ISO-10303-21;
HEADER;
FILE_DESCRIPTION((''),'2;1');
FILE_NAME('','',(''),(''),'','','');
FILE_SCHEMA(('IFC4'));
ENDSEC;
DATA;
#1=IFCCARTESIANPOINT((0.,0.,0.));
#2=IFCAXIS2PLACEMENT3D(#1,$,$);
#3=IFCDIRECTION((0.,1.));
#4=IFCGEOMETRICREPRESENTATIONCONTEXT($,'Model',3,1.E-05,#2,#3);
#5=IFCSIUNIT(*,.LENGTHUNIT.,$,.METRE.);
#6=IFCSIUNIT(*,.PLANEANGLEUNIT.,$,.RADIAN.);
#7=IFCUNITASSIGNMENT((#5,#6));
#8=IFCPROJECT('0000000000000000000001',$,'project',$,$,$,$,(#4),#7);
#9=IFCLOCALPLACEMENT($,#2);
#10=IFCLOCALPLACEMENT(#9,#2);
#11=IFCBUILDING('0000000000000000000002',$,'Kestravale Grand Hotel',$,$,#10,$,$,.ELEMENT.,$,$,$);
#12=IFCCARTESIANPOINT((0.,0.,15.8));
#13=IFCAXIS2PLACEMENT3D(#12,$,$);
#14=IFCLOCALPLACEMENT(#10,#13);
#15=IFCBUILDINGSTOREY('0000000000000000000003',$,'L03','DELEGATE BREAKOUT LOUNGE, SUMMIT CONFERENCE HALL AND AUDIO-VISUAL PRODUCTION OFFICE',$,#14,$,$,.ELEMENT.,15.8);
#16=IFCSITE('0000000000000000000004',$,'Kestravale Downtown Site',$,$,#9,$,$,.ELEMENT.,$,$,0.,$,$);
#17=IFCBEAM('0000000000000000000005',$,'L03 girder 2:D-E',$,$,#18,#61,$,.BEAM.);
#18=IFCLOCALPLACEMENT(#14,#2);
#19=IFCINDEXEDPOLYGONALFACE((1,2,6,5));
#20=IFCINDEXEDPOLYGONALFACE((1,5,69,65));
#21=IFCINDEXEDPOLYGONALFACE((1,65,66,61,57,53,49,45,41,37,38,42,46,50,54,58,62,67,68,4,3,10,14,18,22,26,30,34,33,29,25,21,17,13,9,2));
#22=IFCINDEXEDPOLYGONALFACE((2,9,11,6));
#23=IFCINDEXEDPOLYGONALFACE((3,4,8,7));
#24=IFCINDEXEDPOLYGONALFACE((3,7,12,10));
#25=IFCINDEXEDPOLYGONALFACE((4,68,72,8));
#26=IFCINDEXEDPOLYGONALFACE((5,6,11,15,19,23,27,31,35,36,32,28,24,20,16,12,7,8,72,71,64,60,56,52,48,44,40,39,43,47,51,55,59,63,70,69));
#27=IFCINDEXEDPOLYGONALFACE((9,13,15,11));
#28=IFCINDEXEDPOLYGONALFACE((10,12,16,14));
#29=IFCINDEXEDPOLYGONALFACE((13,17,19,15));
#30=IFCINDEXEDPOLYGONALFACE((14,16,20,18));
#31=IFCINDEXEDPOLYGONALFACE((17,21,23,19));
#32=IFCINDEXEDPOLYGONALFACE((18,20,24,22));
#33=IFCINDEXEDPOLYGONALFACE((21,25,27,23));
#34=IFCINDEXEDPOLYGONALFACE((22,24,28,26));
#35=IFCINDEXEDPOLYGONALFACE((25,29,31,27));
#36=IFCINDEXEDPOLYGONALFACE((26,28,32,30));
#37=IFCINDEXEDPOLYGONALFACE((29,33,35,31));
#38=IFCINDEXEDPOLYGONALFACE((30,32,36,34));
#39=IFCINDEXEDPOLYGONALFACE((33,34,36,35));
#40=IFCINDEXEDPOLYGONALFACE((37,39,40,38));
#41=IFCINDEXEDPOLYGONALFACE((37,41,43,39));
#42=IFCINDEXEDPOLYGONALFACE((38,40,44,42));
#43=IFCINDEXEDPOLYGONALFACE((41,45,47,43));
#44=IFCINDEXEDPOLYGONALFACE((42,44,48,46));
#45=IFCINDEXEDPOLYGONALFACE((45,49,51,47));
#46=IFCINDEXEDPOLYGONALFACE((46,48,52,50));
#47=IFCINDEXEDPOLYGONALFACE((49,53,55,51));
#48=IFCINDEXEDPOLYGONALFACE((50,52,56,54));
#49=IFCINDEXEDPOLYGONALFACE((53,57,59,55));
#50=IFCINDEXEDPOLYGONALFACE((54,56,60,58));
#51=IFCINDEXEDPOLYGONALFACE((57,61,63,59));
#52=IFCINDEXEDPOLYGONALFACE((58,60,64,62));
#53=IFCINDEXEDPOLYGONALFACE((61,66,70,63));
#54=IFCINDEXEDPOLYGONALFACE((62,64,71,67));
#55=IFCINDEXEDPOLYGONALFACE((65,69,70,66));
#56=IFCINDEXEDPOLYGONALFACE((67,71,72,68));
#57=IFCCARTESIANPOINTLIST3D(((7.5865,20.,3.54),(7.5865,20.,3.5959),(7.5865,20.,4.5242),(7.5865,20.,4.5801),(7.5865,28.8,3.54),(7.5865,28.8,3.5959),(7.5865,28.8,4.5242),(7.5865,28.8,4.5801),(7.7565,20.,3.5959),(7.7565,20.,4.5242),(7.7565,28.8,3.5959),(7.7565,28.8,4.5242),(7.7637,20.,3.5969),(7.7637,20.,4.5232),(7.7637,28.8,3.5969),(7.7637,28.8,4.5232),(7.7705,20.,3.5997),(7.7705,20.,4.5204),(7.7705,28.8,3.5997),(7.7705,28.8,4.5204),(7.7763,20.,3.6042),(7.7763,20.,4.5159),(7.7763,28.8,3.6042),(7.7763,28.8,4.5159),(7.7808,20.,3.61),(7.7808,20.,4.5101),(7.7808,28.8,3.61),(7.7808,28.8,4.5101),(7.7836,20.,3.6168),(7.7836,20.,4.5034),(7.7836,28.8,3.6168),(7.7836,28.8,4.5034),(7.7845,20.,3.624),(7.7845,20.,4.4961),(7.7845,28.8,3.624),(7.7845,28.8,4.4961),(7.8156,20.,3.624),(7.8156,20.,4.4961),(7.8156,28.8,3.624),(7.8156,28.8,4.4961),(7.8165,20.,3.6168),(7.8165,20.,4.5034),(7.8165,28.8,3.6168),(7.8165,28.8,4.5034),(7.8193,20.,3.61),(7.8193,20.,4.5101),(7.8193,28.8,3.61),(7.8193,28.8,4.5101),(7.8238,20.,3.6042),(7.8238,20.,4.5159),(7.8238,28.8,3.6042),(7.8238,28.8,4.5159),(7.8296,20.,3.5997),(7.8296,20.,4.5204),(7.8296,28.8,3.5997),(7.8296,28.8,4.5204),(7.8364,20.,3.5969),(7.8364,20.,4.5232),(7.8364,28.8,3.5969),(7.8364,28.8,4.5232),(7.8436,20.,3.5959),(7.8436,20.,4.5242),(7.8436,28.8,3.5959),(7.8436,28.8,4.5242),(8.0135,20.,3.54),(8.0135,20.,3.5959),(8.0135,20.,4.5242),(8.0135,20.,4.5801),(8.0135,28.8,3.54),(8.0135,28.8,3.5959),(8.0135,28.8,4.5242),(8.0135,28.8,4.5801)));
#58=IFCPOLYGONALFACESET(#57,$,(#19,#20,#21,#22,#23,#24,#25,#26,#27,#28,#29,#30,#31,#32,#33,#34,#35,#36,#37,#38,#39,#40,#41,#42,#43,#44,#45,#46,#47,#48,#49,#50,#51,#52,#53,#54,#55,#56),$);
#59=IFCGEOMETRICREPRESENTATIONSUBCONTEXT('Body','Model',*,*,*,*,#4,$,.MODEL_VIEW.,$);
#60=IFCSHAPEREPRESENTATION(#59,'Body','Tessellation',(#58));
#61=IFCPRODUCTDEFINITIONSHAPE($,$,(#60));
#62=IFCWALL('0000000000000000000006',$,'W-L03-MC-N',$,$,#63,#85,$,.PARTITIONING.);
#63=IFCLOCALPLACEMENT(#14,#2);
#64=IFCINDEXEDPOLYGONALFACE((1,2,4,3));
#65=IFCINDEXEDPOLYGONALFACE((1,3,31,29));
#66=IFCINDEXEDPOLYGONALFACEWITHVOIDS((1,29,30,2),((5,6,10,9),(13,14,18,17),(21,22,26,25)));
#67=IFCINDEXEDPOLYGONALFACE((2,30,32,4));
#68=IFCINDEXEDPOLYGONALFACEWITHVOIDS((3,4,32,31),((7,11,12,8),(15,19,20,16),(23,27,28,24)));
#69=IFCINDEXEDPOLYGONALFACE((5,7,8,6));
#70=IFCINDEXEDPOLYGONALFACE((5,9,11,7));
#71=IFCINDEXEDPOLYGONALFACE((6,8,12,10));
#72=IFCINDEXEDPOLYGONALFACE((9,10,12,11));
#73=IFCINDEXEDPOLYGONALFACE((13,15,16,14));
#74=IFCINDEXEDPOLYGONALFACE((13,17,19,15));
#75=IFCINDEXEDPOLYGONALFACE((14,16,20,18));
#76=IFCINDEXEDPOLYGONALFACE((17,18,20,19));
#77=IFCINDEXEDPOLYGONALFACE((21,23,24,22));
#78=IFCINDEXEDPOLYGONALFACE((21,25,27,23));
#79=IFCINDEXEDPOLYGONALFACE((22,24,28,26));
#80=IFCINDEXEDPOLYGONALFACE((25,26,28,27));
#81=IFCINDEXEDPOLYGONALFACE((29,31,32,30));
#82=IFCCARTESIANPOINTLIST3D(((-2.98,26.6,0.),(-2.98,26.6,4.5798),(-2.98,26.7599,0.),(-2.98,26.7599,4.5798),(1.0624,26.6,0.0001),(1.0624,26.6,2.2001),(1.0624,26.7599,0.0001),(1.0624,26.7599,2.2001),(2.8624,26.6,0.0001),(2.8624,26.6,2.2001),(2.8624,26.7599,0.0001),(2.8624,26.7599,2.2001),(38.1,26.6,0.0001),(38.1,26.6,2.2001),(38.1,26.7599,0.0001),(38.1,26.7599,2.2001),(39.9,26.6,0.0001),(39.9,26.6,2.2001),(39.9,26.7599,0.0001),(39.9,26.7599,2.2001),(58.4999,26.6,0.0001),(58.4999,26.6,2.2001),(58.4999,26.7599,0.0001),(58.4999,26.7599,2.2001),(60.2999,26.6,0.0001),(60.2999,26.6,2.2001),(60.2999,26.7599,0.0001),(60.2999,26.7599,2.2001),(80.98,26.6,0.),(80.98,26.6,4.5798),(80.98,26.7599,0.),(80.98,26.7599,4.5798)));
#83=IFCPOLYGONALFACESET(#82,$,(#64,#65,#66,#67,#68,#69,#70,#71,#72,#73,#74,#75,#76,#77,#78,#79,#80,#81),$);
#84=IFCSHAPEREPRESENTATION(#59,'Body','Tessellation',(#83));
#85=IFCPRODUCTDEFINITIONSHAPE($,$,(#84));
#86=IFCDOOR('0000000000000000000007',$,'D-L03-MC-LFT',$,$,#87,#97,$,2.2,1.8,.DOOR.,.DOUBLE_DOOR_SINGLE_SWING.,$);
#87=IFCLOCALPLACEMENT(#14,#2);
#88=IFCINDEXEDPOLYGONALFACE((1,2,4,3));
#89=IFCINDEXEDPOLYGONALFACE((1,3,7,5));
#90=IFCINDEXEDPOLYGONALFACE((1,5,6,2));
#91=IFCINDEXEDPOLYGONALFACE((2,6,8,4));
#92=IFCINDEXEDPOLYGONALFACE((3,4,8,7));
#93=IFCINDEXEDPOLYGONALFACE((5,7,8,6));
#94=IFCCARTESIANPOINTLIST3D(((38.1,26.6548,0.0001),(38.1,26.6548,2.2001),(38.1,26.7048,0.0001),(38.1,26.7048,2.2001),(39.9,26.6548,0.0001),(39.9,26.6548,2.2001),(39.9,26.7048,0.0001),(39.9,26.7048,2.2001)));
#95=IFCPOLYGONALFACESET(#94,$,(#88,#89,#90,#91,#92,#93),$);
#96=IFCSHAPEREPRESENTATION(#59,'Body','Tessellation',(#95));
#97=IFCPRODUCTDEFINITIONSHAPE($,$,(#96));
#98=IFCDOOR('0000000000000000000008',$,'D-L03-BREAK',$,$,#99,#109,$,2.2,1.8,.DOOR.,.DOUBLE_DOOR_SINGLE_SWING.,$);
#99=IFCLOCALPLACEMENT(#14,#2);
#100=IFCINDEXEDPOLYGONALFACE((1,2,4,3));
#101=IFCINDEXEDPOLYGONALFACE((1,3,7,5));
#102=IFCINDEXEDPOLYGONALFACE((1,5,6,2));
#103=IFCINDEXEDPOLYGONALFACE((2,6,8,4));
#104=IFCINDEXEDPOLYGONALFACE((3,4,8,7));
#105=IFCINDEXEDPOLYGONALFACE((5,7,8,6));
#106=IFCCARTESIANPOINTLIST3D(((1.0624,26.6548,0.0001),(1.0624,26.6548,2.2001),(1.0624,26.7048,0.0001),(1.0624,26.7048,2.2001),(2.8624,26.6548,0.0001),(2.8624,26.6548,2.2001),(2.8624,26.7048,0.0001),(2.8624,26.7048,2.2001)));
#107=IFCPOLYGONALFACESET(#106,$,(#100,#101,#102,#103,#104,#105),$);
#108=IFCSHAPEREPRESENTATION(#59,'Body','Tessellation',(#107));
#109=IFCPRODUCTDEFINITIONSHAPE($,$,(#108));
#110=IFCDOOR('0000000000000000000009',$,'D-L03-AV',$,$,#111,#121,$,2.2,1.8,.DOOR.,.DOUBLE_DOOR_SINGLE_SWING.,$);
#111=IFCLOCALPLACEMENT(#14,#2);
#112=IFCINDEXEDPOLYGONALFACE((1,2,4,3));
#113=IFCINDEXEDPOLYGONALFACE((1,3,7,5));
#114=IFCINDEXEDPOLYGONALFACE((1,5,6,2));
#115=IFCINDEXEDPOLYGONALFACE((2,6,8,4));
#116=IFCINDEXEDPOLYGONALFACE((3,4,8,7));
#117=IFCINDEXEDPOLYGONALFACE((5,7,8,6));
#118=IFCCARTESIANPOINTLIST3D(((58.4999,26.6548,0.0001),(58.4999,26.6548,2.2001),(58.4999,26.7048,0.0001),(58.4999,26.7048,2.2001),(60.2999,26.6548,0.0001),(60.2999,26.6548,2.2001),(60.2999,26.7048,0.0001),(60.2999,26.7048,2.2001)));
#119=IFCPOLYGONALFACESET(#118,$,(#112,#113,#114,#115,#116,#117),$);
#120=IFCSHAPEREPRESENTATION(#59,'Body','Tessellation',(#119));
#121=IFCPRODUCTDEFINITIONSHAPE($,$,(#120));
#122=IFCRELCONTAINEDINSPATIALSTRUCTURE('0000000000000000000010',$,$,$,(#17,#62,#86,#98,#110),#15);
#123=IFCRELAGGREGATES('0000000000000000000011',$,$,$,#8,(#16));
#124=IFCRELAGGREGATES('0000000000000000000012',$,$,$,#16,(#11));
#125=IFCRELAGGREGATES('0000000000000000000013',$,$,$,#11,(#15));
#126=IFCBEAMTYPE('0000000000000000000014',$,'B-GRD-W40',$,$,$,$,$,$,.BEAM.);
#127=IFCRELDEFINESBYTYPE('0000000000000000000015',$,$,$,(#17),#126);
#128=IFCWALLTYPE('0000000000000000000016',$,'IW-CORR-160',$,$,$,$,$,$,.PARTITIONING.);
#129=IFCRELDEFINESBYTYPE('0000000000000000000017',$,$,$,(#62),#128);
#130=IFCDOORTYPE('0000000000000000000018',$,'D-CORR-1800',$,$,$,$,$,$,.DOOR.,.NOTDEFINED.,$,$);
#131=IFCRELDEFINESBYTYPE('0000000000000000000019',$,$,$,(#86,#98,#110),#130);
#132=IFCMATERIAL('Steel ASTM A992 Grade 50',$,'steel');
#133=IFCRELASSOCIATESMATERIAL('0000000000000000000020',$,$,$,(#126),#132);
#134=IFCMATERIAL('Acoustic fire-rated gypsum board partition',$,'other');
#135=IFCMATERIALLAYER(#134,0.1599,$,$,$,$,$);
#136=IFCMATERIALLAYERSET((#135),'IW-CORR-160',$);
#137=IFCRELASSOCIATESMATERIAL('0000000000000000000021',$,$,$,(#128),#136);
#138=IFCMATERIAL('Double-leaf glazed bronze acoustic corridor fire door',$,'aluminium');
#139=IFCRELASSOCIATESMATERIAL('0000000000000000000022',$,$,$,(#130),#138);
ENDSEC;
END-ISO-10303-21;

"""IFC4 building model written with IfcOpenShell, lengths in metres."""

from ifc_helpers import new_model, si_unit, direction, frame, frame_2d, origin, origin_2d, place, context, subcontext, project, spatial, rectangle, i_section, extrude, material, layer, layer_set, material_profile, profile_set, type_object, element, fill, save


model = new_model("IFC4")

# Units and contexts
model_context = context("Model", 3, precision=1e-05, world=origin(), true_north=direction((0.0, 1.0)))
body_context = subcontext(model_context, "Body", "Model", "MODEL_VIEW")
ifc_project = project(units=[si_unit("LENGTHUNIT", "METRE"), si_unit("PLANEANGLEUNIT", "RADIAN")], contexts=[model_context])

# Site, building, storey
site_placement = place(None, origin())
site = spatial("IfcSite", under=ifc_project, at=site_placement, Name="Kestravale Downtown Site", CompositionType="ELEMENT", RefElevation=0.0)
building_placement = place(site_placement, origin())
building = spatial("IfcBuilding", under=site, at=building_placement, Name="Kestravale Grand Hotel", CompositionType="ELEMENT")
storey_placement = place(building_placement, frame((0.0, 0.0, 15.8)))
storey = spatial("IfcBuildingStorey", under=building, at=storey_placement, Name="L03", Description="DELEGATE BREAKOUT LOUNGE, SUMMIT CONFERENCE HALL AND AUDIO-VISUAL PRODUCTION OFFICE", CompositionType="ELEMENT", Elevation=15.8)

# Beam
ifc_material_1 = material(Name="Steel ASTM A992 Grade 50", Category="steel")
ifc_material_profile_1 = material_profile(ifc_material_1, i_section(OverallWidth=0.427, OverallDepth=1.04, WebThickness=0.031, FlangeThickness=0.0559, FilletRadius=0.0281, at=origin_2d()))
ifc_profile_set_1 = profile_set([ifc_material_profile_1], Name="Steel ASTM A992 Grade 50")
beam_type_1 = type_object("IfcBeamType", Name="B-GRD-W40", PredefinedType="BEAM", material=ifc_profile_set_1)
beam_1_placement = place(storey_placement, frame((7.8, 20.0, 4.0601), z_axis=(0.0, 1.0, 0.0), x_axis=(-1.0, 0.0, 0.0)))
element("IfcBeam", 1, at=beam_1_placement, inside=storey, type_object=beam_type_1, Name="L03 girder 2:D-E", PredefinedType="BEAM", context=body_context, shape_type="SweptSolid", body=[
    extrude(i_section(OverallWidth=0.427, OverallDepth=1.04, WebThickness=0.031, FlangeThickness=0.0559, FilletRadius=0.0281, at=origin_2d()), origin(), (0.0, 0.0, 1.0), 8.8),
])

# Wall, openings, doors
ifc_material_2 = material(Name="Acoustic fire-rated gypsum board partition", Category="other")
ifc_layer = layer(ifc_material_2, 0.1599)
ifc_layer_set = layer_set([ifc_layer], Name="IW-CORR-160")
wall_type = type_object("IfcWallType", Name="IW-CORR-160", PredefinedType="PARTITIONING", material=ifc_layer_set)
wall_1_placement = place(storey_placement, frame((-2.98, 26.6799, 0.0), z_axis=(0.0, 0.0, 1.0), x_axis=(1.0, 0.0, 0.0)))
wall_1 = element("IfcWall", 2, at=wall_1_placement, inside=storey, type_object=wall_type, Name="W-L03-MC-N", PredefinedType="PARTITIONING", context=body_context, shape_type="SweptSolid", body=[
    extrude(rectangle(XDim=83.96, YDim=0.1599, at=frame_2d((41.98, 0.0))), origin(), (0.0, 0.0, 1.0), 4.5798),
])
opening_1_placement = place(wall_1_placement, frame((41.0801, 0.0, 0.0)))
opening_1 = element("IfcOpeningElement", 3, at=opening_1_placement, cuts=wall_1, PredefinedType="OPENING", context=body_context, shape_type="SweptSolid", body=[
    extrude(rectangle(XDim=1.8, YDim=2.2, at=frame_2d((0.8999, 1.1001))), frame((0.0, 0.0898, 0.0), z_axis=(0.0, -1.0, 0.0), x_axis=(1.0, 0.0, 0.0)), (0.0, 0.0, 1.0), 0.1799),
])
opening_2_placement = place(wall_1_placement, frame((4.0425, 0.0, 0.0)))
opening_2 = element("IfcOpeningElement", 4, at=opening_2_placement, cuts=wall_1, PredefinedType="OPENING", context=body_context, shape_type="SweptSolid", body=[
    extrude(rectangle(XDim=1.8, YDim=2.2, at=frame_2d((0.8999, 1.1001))), frame((0.0, 0.0898, 0.0), z_axis=(0.0, -1.0, 0.0), x_axis=(1.0, 0.0, 0.0)), (0.0, 0.0, 1.0), 0.1799),
])
opening_3_placement = place(wall_1_placement, frame((61.48, 0.0, 0.0)))
opening_3 = element("IfcOpeningElement", 5, at=opening_3_placement, cuts=wall_1, PredefinedType="OPENING", context=body_context, shape_type="SweptSolid", body=[
    extrude(rectangle(XDim=1.8, YDim=2.2, at=frame_2d((0.8999, 1.1001))), frame((0.0, 0.0898, 0.0), z_axis=(0.0, -1.0, 0.0), x_axis=(1.0, 0.0, 0.0)), (0.0, 0.0, 1.0), 0.1799),
])
ifc_material_3 = material(Name="Double-leaf glazed bronze acoustic corridor fire door", Category="aluminium")
door_type_1 = type_object("IfcDoorType", Name="D-CORR-1800", OperationType="NOTDEFINED", PredefinedType="DOOR", material=ifc_material_3)
door_1_placement = place(opening_1_placement, origin())
door_1 = element("IfcDoor", 6, at=door_1_placement, inside=storey, type_object=door_type_1, Name="D-L03-MC-LFT", OperationType="DOUBLE_DOOR_SINGLE_SWING", OverallHeight=2.2, OverallWidth=1.8, PredefinedType="DOOR", context=body_context, shape_type="SweptSolid", body=[
    extrude(rectangle(XDim=1.8, YDim=2.2, at=frame_2d((0.8999, 1.1001))), frame((0.0, 0.0249, 0.0), z_axis=(0.0, -1.0, 0.0), x_axis=(1.0, 0.0, 0.0)), (0.0, 0.0, 1.0), 0.05),
])
fill(opening_1, door_1)
door_2_placement = place(opening_2_placement, origin())
door_2 = element("IfcDoor", 7, at=door_2_placement, inside=storey, type_object=door_type_1, Name="D-L03-BREAK", OperationType="DOUBLE_DOOR_SINGLE_SWING", OverallHeight=2.2, OverallWidth=1.8, PredefinedType="DOOR", context=body_context, shape_type="SweptSolid", body=[
    extrude(rectangle(XDim=1.8, YDim=2.2, at=frame_2d((0.8999, 1.1001))), frame((0.0, 0.0249, 0.0), z_axis=(0.0, -1.0, 0.0), x_axis=(1.0, 0.0, 0.0)), (0.0, 0.0, 1.0), 0.05),
])
fill(opening_2, door_2)
door_3_placement = place(opening_3_placement, origin())
door_3 = element("IfcDoor", 8, at=door_3_placement, inside=storey, type_object=door_type_1, Name="D-L03-AV", OperationType="DOUBLE_DOOR_SINGLE_SWING", OverallHeight=2.2, OverallWidth=1.8, PredefinedType="DOOR", context=body_context, shape_type="SweptSolid", body=[
    extrude(rectangle(XDim=1.8, YDim=2.2, at=frame_2d((0.8999, 1.1001))), frame((0.0, 0.0249, 0.0), z_axis=(0.0, -1.0, 0.0), x_axis=(1.0, 0.0, 0.0)), (0.0, 0.0, 1.0), 0.05),
])
fill(opening_3, door_3)

save(model, "model.ifc")
